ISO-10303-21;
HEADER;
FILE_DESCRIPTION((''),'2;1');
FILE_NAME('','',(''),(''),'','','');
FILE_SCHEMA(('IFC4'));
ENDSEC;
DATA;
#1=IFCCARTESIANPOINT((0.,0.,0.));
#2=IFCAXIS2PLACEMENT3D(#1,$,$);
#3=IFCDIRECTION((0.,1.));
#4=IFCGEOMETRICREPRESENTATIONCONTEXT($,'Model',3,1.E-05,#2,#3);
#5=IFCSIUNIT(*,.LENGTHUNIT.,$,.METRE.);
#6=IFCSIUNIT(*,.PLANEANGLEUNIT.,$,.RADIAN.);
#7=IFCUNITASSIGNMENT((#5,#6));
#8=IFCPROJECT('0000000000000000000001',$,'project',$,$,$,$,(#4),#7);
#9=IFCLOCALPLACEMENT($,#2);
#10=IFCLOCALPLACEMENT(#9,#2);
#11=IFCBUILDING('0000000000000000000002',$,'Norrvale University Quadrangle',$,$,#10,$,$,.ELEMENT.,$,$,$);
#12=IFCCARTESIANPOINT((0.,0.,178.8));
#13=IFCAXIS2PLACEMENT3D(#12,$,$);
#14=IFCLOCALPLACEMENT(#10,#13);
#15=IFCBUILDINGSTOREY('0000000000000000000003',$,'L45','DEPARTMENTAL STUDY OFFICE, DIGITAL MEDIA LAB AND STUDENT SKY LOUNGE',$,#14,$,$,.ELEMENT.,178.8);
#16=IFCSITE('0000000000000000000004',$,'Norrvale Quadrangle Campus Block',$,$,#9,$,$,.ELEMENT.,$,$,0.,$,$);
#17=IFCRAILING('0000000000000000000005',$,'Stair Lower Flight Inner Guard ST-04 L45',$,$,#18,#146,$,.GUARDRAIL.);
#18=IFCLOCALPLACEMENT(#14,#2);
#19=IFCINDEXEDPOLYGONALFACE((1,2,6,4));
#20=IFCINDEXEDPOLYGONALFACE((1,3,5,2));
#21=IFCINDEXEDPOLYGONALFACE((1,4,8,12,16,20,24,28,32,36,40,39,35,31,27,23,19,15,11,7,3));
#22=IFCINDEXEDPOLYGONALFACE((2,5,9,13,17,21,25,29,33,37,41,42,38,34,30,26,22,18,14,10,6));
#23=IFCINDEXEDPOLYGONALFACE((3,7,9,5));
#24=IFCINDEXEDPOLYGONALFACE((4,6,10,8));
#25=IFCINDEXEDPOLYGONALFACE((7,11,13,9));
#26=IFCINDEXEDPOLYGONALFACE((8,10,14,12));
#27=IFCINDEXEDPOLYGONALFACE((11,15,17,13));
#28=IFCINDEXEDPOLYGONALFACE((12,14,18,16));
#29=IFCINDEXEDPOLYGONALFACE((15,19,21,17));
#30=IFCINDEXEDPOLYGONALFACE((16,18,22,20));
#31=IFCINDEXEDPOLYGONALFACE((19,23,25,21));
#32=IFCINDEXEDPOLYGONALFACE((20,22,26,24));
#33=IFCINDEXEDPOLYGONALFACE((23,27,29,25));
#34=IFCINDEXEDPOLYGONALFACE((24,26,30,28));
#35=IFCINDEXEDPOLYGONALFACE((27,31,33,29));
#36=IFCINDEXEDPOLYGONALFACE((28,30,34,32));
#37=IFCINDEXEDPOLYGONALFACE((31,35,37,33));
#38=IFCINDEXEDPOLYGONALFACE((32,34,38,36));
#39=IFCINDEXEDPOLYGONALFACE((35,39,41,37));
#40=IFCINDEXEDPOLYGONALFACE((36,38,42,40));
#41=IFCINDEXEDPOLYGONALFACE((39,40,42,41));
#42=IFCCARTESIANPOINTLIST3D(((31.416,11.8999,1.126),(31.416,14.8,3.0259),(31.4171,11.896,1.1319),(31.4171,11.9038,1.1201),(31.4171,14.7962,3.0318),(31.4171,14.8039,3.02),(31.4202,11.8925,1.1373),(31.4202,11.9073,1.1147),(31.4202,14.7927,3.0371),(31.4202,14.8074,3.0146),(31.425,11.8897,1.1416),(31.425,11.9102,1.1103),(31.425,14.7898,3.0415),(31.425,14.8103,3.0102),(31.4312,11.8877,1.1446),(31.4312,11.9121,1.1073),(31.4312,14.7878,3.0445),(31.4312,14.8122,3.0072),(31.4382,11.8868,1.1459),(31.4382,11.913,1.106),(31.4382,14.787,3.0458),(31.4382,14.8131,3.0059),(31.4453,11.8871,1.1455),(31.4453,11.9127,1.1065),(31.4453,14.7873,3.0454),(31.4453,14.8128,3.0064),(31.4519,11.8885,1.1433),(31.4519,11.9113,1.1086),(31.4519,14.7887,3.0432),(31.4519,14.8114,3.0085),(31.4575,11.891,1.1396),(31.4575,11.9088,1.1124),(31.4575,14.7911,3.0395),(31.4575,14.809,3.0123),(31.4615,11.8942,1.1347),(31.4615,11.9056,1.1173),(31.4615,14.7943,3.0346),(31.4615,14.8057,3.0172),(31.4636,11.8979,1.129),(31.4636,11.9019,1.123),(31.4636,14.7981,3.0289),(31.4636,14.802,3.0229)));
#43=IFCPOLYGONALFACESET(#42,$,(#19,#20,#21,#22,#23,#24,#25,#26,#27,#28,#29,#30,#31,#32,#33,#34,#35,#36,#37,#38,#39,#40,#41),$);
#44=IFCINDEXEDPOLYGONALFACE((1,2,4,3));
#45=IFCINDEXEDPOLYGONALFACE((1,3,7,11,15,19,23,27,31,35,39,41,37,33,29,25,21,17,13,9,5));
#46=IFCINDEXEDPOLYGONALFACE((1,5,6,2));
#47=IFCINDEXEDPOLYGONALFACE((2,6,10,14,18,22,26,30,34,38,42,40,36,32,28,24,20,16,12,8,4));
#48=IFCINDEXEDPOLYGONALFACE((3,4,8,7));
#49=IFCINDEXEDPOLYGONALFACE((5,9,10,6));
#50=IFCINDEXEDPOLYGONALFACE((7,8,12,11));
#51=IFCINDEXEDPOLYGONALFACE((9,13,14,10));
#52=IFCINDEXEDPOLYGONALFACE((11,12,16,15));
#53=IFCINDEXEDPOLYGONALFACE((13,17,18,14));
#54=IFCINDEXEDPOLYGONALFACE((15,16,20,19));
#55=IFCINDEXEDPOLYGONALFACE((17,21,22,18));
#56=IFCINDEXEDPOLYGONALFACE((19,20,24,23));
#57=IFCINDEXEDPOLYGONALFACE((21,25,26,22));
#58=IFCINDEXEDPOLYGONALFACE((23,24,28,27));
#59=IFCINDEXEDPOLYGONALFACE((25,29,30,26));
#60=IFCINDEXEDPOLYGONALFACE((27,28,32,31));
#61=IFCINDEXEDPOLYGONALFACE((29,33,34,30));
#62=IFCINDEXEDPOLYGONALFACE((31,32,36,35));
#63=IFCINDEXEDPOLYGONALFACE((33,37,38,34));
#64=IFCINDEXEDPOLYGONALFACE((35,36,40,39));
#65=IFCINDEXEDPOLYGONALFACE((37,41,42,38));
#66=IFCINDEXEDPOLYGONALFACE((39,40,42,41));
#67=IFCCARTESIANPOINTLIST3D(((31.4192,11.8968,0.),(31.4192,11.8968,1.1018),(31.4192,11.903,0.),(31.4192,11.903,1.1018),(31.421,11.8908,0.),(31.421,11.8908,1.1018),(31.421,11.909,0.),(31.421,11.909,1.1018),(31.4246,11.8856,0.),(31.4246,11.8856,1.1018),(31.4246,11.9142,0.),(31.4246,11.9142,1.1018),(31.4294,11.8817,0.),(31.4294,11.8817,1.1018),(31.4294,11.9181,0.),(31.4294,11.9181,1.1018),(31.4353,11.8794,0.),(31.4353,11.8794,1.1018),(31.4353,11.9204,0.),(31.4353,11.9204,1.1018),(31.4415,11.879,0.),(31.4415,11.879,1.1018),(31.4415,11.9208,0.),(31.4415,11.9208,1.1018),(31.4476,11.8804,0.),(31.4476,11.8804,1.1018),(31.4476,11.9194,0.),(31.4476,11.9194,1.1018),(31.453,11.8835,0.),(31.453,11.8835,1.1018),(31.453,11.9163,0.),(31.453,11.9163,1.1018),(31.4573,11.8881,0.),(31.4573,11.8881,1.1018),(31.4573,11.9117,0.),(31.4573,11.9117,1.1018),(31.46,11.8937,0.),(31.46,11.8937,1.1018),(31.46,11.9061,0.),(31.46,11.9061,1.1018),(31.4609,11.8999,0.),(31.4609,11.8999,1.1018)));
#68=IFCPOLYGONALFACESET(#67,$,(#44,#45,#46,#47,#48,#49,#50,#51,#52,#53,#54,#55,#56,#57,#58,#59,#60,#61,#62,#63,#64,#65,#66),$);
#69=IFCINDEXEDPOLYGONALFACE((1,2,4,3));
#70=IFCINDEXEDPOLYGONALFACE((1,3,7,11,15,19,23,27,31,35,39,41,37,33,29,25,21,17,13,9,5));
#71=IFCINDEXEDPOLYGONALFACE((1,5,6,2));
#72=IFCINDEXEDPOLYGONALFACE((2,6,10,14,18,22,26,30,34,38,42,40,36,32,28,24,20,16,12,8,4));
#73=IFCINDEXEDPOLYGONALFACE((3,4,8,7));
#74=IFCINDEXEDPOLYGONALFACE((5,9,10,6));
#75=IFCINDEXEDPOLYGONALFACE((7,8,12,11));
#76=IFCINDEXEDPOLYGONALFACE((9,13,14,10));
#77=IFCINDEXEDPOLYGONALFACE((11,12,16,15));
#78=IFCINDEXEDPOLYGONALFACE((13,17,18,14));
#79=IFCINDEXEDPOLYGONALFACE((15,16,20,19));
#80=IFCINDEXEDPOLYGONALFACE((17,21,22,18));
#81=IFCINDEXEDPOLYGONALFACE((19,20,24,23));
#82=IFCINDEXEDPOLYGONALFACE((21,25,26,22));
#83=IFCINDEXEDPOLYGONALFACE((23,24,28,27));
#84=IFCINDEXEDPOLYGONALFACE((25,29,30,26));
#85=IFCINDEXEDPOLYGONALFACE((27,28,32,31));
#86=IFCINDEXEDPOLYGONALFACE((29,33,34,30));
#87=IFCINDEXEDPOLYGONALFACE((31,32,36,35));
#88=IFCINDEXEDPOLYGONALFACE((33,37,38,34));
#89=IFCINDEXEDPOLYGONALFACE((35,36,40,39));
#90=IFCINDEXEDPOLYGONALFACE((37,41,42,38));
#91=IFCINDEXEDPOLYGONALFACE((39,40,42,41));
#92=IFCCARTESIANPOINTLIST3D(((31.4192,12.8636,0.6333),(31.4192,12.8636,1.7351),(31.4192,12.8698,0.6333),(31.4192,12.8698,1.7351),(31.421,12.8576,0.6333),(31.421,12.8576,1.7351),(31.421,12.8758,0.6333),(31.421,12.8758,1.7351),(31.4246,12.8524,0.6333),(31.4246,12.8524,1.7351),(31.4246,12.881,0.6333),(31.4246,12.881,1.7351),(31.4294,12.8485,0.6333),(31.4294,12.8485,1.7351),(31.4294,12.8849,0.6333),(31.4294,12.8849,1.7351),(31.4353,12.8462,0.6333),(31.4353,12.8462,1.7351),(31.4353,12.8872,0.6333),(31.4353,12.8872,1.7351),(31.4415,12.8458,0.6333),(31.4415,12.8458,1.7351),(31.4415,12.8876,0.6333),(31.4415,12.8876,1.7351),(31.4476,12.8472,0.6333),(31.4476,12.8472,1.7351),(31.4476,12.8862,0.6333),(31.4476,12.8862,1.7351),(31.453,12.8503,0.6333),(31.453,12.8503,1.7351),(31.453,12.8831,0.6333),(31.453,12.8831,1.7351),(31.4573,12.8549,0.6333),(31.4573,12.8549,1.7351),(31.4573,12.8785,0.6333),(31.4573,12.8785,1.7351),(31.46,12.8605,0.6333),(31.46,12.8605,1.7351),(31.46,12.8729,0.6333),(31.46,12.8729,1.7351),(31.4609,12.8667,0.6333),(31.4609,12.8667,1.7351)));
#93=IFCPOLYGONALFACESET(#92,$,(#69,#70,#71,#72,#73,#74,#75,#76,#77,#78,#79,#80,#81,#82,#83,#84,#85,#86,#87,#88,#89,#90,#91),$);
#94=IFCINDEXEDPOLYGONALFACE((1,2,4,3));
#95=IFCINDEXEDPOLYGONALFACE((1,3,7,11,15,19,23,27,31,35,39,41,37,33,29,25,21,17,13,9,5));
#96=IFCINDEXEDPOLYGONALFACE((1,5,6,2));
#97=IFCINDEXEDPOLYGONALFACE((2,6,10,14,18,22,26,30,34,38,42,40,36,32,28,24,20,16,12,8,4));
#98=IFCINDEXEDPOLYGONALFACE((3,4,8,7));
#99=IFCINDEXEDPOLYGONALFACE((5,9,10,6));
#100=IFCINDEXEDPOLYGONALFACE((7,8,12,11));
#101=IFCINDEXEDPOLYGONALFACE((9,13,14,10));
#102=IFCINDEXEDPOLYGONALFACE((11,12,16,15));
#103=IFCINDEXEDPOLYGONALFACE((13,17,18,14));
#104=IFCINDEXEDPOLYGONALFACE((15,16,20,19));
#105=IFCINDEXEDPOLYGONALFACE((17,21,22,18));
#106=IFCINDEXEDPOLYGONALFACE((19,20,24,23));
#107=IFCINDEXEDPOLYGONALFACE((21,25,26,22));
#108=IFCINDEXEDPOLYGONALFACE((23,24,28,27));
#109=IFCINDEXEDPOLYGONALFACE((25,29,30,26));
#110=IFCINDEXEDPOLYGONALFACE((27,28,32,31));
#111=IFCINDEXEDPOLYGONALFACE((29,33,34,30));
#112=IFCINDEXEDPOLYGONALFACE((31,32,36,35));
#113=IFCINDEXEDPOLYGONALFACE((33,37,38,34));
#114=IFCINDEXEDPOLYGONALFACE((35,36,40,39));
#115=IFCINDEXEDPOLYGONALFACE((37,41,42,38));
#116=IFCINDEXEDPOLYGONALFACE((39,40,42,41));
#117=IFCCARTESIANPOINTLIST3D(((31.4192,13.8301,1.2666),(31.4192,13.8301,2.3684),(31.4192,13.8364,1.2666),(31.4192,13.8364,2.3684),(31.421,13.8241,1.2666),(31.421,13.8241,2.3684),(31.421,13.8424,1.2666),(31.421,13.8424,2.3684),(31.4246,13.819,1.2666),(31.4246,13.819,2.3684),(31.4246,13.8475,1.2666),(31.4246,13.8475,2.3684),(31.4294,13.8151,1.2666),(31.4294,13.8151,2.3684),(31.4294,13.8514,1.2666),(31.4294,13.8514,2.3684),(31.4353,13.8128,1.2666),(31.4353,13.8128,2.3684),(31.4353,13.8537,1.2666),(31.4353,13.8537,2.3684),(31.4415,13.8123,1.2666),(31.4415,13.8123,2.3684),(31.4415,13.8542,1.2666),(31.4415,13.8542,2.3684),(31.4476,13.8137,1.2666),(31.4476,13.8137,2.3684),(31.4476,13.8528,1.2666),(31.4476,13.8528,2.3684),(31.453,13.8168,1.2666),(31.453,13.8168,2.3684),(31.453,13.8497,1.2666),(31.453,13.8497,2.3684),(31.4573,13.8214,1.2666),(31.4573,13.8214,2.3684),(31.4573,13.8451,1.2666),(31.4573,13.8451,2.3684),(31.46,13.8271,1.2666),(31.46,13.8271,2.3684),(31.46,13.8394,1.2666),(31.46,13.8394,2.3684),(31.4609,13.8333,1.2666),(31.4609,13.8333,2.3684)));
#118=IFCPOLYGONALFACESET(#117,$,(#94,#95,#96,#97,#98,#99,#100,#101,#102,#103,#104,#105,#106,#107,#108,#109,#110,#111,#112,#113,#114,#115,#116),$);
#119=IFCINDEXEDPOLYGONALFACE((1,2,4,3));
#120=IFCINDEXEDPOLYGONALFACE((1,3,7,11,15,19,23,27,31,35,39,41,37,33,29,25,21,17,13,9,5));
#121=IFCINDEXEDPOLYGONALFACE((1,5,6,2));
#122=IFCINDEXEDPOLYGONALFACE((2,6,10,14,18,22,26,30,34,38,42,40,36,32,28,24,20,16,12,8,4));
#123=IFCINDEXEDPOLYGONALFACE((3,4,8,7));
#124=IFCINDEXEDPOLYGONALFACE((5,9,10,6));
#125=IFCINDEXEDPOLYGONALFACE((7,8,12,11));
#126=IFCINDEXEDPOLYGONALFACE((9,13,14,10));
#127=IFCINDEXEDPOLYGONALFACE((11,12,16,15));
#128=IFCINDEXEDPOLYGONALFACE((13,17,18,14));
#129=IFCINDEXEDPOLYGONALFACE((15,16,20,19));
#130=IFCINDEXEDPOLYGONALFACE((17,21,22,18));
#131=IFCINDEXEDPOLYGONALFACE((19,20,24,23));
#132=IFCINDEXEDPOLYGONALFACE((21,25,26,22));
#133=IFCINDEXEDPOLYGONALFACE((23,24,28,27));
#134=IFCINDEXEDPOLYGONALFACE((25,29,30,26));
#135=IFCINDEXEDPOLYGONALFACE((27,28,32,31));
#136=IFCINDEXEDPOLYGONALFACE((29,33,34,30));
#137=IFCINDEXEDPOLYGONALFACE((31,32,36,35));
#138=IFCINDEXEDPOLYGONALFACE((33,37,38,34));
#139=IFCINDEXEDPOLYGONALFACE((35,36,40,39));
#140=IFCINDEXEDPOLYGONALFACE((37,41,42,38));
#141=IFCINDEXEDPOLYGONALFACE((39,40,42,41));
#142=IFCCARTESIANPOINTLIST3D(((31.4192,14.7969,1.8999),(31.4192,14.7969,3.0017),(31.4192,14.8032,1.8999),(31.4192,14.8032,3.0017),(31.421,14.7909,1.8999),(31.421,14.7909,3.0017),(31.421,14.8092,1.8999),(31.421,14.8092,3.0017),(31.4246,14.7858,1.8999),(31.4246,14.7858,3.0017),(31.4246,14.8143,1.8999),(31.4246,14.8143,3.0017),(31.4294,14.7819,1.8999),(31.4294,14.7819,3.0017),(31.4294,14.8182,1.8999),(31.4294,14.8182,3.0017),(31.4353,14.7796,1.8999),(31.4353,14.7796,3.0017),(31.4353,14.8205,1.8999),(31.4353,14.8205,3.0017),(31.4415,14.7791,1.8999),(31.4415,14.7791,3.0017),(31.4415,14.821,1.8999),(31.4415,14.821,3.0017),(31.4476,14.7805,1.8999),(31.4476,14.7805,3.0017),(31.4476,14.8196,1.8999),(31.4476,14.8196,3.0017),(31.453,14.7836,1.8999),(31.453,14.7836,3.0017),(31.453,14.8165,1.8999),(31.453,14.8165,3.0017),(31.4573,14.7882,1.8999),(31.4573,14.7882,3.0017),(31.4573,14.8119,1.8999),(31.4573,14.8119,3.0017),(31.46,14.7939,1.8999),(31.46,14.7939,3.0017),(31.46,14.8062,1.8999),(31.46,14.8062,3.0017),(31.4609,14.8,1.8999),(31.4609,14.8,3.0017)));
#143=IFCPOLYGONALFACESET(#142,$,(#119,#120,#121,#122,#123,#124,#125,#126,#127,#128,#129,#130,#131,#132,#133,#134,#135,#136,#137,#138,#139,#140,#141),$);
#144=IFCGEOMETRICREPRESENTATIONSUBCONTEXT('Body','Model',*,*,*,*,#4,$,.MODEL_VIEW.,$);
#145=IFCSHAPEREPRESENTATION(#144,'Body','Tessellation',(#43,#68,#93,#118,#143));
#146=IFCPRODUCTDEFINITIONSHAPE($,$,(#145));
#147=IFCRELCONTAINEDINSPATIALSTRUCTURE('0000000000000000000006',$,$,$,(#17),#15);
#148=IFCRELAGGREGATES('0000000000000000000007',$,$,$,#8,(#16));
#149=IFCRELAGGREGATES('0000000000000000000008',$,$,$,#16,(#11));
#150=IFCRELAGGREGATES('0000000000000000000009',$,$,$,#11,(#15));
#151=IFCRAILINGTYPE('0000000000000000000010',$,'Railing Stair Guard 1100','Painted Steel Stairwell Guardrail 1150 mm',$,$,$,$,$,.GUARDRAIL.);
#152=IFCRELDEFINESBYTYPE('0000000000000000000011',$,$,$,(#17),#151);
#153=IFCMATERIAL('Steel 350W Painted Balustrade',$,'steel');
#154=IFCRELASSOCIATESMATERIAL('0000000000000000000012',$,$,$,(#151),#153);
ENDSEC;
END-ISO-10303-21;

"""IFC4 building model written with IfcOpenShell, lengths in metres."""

from ifc_helpers import new_model, si_unit, direction, frame, origin, origin_2d, place, context, subcontext, project, spatial, circle, extrude, material, type_object, element, save


model = new_model("IFC4")

# Units and contexts
model_context = context("Model", 3, precision=1e-05, world=origin(), true_north=direction((0.0, 1.0)))
body_context = subcontext(model_context, "Body", "Model", "MODEL_VIEW")
ifc_project = project(units=[si_unit("LENGTHUNIT", "METRE"), si_unit("PLANEANGLEUNIT", "RADIAN")], contexts=[model_context])

# Site, building, storey
site_placement = place(None, origin())
site = spatial("IfcSite", under=ifc_project, at=site_placement, Name="Norrvale Quadrangle Campus Block", CompositionType="ELEMENT", RefElevation=0.0)
building_placement = place(site_placement, origin())
building = spatial("IfcBuilding", under=site, at=building_placement, Name="Norrvale University Quadrangle", CompositionType="ELEMENT")
storey_placement = place(building_placement, frame((0.0, 0.0, 178.8)))
storey = spatial("IfcBuildingStorey", under=building, at=storey_placement, Name="L45", Description="DEPARTMENTAL STUDY OFFICE, DIGITAL MEDIA LAB AND STUDENT SKY LOUNGE", CompositionType="ELEMENT", Elevation=178.8)

# Railing
ifc_material_1 = material(Name="Steel 350W Painted Balustrade", Category="steel")
railing_type_1 = type_object("IfcRailingType", Name="Railing Stair Guard 1100", Description="Painted Steel Stairwell Guardrail 1150 mm", PredefinedType="GUARDRAIL", material=ifc_material_1)
railing_1_placement = place(storey_placement, frame((31.4399, 11.8999, 0.0)))
element("IfcRailing", 1, at=railing_1_placement, inside=storey, type_object=railing_type_1, Name="Stair Lower Flight Inner Guard ST-04 L45", PredefinedType="GUARDRAIL", context=body_context, shape_type="SweptSolid", body=[
    extrude(circle(Radius=0.0239, at=origin_2d()), frame((0.0, 0.0, 1.126), z_axis=(0.0, 0.836487, 0.547987), x_axis=(-1.0, 0.0, 0.0)), (0.0, 0.0, 1.0), 3.467),
    extrude(circle(Radius=0.021, at=origin_2d()), origin(), (0.0, 0.0, 1.0), 1.1018),
    extrude(circle(Radius=0.021, at=origin_2d()), frame((0.0, 0.9668, 0.6333)), (0.0, 0.0, 1.0), 1.1018),
    extrude(circle(Radius=0.021, at=origin_2d()), frame((0.0, 1.9333, 1.2666)), (0.0, 0.0, 1.0), 1.1018),
    extrude(circle(Radius=0.021, at=origin_2d()), frame((0.0, 2.9001, 1.8999)), (0.0, 0.0, 1.0), 1.1018),
])

save(model, "model.ifc")
